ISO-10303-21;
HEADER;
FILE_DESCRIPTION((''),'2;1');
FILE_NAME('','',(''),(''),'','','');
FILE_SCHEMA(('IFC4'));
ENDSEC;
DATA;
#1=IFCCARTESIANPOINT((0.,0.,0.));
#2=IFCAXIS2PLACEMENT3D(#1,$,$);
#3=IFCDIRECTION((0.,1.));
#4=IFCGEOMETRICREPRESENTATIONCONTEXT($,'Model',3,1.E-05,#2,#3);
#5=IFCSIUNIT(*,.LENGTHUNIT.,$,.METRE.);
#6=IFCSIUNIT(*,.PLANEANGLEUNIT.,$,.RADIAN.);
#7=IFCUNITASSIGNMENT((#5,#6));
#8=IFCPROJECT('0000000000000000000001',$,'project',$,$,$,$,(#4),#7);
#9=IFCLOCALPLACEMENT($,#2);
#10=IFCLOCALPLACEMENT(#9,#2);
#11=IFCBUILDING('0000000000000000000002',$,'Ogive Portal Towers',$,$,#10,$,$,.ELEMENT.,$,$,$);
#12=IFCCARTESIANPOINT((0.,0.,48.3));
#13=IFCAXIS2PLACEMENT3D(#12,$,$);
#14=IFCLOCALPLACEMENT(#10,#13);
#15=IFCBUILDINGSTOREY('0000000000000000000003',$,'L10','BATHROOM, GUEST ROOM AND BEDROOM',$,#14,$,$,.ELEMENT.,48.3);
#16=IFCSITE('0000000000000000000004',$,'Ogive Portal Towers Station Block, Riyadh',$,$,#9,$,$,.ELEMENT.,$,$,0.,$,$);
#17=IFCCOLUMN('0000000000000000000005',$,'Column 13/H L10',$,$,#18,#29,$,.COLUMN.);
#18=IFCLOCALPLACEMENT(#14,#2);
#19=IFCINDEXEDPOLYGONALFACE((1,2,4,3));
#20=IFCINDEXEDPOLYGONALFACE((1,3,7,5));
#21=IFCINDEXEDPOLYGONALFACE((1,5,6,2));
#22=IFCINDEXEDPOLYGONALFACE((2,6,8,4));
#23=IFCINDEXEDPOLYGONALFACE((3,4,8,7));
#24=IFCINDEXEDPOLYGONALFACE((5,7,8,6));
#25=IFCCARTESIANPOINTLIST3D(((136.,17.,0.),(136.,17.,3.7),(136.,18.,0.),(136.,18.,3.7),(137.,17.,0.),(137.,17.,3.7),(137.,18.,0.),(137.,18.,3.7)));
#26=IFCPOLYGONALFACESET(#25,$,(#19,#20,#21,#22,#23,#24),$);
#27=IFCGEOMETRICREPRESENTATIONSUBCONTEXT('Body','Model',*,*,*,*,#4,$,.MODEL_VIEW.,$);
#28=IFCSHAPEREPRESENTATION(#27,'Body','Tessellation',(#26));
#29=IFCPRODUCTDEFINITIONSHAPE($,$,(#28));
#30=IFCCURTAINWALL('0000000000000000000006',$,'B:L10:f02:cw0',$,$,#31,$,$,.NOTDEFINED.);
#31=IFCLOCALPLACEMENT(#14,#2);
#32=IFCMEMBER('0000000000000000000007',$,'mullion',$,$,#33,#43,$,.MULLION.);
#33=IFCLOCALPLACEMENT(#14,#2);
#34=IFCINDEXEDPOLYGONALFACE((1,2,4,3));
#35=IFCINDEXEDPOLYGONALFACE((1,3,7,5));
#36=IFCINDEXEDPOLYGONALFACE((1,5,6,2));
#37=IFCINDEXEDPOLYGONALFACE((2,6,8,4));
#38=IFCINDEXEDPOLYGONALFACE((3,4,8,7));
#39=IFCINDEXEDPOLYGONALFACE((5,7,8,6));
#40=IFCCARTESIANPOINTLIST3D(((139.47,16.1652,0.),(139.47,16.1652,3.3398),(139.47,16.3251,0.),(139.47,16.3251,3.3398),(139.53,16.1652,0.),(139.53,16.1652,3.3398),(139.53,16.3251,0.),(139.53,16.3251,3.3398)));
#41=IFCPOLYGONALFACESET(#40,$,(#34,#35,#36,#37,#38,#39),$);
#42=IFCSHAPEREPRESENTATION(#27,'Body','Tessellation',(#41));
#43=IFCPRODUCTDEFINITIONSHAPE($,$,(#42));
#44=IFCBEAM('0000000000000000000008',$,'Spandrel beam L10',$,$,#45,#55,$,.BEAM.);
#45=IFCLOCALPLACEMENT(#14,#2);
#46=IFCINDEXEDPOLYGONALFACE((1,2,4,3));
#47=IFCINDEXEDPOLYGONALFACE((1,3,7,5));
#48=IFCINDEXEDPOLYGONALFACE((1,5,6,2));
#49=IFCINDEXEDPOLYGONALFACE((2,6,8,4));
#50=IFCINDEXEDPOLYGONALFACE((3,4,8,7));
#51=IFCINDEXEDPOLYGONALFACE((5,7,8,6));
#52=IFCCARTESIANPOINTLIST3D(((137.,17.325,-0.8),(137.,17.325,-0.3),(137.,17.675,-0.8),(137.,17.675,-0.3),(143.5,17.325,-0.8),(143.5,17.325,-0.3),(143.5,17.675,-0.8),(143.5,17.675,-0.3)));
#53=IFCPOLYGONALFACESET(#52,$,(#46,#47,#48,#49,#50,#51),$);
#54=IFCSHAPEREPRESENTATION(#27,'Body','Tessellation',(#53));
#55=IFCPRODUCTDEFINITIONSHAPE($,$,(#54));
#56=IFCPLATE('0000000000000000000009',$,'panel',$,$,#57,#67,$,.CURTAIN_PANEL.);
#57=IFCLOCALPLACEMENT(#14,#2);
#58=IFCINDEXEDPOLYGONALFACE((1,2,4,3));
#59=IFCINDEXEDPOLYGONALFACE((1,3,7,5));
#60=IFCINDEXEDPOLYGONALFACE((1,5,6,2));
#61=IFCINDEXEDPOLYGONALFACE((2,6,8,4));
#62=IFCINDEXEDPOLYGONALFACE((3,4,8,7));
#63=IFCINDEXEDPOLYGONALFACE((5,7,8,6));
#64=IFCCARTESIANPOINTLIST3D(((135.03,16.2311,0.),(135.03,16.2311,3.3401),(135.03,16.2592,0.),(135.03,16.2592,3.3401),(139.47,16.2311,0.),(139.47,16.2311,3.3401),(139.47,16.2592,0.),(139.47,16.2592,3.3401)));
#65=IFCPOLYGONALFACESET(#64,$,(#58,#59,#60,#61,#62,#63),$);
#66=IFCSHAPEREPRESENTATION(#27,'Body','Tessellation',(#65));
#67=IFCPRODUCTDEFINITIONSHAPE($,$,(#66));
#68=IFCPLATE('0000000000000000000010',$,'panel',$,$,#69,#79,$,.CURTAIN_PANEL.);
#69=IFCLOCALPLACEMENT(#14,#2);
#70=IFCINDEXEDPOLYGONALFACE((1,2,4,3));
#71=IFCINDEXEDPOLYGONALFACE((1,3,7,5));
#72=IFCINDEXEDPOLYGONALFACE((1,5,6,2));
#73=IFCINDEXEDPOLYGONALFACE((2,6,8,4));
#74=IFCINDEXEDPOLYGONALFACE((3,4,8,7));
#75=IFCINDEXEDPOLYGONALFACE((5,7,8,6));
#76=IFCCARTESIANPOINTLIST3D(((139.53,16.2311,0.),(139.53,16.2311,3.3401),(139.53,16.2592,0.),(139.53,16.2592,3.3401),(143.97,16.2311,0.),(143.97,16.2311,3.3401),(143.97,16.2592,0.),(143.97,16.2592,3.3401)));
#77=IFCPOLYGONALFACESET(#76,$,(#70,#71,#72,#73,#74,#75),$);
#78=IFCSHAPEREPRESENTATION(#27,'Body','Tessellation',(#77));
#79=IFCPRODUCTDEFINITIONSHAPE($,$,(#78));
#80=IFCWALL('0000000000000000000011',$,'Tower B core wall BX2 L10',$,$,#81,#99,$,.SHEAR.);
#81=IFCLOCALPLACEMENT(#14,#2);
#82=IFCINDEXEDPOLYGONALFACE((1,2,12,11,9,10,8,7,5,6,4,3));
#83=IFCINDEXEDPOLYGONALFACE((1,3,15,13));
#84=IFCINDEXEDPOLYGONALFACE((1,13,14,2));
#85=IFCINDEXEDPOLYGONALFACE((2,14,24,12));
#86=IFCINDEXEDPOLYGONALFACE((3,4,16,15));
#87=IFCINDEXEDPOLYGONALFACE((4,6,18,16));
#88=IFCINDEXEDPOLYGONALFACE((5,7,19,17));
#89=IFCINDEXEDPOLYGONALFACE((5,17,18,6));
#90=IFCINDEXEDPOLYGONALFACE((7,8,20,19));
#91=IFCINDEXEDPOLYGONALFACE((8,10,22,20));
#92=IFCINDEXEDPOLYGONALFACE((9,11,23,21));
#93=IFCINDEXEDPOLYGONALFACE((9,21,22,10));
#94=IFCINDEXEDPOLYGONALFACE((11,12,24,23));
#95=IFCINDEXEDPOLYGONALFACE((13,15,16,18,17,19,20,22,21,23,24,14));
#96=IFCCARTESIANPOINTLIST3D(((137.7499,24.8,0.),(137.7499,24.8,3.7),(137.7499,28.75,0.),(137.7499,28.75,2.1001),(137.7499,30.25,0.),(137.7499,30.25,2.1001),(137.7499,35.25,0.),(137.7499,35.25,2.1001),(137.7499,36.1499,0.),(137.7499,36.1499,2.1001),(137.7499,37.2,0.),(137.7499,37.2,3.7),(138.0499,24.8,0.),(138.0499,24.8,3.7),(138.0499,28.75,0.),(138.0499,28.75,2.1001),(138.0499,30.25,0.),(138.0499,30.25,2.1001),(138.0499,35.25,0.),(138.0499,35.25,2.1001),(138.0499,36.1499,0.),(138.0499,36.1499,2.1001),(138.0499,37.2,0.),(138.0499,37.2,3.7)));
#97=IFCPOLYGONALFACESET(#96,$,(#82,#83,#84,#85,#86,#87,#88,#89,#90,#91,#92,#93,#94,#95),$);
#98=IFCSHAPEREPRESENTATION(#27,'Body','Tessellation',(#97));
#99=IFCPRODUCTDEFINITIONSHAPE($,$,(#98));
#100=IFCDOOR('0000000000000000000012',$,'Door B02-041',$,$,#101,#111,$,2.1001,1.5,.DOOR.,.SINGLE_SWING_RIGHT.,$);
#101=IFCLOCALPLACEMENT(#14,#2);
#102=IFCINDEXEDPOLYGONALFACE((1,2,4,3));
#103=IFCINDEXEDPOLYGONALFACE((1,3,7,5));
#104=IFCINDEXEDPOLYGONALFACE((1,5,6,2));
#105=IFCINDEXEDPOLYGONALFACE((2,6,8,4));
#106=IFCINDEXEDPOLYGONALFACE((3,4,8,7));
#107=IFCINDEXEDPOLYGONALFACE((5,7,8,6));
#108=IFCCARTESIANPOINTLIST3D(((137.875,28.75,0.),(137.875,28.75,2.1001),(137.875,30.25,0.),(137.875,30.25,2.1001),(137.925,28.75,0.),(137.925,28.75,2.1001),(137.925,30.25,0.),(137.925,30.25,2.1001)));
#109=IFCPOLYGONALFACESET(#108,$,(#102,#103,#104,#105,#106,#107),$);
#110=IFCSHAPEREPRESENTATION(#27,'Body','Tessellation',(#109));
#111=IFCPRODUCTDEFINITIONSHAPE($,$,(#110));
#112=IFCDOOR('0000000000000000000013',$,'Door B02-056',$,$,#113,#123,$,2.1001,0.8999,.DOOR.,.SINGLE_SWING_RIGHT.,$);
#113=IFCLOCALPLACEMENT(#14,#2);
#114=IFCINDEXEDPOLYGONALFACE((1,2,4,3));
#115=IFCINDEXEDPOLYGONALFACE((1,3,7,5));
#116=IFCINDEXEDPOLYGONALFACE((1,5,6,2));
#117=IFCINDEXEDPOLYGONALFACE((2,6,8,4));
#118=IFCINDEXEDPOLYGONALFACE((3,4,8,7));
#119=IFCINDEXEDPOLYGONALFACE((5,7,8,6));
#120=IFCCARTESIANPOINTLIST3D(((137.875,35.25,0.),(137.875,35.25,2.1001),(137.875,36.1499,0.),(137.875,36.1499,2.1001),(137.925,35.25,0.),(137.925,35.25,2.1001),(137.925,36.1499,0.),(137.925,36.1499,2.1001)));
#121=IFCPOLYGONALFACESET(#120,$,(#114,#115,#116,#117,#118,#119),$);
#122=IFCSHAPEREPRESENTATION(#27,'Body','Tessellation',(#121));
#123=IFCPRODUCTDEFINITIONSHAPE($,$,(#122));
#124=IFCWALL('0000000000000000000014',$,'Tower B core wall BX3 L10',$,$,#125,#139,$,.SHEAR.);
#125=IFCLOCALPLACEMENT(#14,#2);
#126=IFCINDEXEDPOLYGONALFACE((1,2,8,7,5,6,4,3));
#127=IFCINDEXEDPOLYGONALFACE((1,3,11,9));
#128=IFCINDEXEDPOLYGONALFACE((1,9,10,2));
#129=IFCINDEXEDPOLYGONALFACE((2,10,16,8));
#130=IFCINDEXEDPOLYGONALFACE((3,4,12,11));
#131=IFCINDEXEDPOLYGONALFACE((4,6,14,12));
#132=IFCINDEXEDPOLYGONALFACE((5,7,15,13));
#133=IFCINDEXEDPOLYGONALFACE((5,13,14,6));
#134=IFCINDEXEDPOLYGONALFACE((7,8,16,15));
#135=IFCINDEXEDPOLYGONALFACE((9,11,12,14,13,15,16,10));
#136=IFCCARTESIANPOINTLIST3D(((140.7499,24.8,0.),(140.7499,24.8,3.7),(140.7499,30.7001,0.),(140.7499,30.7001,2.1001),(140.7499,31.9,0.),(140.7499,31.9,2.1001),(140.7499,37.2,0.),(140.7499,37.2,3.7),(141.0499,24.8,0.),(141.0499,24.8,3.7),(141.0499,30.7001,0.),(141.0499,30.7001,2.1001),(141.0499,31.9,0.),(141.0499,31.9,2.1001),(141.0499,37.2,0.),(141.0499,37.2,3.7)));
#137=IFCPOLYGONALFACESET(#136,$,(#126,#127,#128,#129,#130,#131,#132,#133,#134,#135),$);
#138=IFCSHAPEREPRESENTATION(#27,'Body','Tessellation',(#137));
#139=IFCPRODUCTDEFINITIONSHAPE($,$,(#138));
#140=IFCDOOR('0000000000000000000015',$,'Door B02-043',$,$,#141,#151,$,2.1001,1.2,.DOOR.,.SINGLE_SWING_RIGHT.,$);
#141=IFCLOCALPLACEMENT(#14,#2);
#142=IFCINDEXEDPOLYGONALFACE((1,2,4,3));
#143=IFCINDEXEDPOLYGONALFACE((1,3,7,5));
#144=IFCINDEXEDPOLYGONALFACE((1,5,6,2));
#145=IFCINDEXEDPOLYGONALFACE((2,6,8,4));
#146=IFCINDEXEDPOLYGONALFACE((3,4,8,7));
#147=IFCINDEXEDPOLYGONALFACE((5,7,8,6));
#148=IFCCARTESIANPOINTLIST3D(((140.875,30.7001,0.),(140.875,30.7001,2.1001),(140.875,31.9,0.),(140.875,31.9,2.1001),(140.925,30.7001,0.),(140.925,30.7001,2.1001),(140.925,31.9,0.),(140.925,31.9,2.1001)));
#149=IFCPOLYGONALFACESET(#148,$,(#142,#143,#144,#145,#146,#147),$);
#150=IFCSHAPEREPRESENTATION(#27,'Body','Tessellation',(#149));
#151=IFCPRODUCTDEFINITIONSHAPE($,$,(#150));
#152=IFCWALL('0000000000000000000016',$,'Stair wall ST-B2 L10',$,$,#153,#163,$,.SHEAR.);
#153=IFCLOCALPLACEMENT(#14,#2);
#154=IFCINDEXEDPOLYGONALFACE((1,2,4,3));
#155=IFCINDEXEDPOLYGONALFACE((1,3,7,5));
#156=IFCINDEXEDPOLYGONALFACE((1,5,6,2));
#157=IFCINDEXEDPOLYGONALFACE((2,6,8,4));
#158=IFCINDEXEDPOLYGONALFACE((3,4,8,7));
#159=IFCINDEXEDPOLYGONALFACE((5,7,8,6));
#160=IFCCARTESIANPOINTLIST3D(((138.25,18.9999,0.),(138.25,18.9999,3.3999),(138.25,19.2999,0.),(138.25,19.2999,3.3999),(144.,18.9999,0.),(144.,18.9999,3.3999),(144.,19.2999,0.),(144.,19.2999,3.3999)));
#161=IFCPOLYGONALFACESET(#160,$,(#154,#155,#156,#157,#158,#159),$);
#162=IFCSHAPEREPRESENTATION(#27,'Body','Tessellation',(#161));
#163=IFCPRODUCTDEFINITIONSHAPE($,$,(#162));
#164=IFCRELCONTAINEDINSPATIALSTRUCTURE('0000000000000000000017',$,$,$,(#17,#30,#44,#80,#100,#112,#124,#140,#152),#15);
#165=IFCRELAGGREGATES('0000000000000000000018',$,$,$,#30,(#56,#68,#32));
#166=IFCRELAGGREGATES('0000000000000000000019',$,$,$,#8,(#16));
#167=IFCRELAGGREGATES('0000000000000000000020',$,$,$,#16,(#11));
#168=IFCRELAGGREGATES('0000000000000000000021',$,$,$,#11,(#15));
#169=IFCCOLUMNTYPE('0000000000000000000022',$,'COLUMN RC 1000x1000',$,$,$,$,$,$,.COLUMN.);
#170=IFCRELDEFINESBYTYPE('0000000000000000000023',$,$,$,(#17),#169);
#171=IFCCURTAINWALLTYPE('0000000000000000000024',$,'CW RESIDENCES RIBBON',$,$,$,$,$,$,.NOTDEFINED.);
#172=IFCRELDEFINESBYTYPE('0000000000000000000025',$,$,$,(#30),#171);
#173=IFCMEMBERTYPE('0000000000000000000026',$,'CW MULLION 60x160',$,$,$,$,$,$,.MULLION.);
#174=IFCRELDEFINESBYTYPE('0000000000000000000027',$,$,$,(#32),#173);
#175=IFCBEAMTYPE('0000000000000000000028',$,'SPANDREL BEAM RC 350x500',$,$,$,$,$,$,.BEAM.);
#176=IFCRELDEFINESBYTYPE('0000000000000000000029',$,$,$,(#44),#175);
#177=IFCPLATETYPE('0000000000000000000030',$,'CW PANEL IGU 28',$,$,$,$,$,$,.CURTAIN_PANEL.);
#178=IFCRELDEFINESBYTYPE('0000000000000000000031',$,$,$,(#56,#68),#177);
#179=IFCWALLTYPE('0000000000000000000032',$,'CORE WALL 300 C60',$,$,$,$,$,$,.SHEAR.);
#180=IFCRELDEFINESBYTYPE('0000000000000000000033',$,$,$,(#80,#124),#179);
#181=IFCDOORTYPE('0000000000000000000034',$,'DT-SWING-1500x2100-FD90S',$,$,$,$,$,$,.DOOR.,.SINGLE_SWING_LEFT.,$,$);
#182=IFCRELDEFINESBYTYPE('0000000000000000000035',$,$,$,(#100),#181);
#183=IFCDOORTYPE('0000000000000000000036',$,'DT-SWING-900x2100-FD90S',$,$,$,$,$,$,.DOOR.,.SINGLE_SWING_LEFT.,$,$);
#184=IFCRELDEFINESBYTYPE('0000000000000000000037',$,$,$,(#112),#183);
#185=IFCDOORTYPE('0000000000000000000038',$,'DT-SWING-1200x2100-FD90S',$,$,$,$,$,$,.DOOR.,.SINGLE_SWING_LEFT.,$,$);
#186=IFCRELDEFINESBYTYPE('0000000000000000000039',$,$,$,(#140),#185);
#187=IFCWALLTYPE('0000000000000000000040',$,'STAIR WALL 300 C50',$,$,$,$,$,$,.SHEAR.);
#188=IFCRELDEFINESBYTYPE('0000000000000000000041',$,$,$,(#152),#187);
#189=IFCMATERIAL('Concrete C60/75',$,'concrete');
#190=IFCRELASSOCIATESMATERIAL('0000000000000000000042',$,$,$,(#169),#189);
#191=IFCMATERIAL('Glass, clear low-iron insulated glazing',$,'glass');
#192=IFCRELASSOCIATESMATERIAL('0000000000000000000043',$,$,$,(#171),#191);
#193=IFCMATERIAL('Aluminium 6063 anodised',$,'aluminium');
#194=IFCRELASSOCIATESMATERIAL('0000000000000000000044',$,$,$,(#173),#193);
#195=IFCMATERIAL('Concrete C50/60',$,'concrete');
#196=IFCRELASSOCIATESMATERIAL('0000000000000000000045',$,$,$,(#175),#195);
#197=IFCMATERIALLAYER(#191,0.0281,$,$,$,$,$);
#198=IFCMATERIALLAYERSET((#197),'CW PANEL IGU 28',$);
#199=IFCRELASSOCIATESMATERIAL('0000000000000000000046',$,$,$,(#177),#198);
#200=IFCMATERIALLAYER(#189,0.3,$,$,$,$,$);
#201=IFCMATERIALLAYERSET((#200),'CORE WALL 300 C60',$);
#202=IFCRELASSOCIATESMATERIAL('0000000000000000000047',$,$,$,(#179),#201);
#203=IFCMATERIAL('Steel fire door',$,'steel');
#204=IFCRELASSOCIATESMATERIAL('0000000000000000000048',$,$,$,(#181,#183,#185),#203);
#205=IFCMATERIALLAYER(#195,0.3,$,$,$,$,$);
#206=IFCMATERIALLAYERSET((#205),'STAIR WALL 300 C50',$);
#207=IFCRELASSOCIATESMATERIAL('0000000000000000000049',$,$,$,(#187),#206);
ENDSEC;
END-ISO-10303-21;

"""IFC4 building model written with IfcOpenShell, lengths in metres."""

from ifc_helpers import new_model, si_unit, direction, frame, frame_2d, origin, origin_2d, place, context, subcontext, project, spatial, rectangle, extrude, material, layer, layer_set, material_profile, profile_set, type_object, element, fill, aggregate, save


model = new_model("IFC4")

# Units and contexts
model_context = context("Model", 3, precision=1e-05, world=origin(), true_north=direction((0.0, 1.0)))
body_context = subcontext(model_context, "Body", "Model", "MODEL_VIEW")
ifc_project = project(units=[si_unit("LENGTHUNIT", "METRE"), si_unit("PLANEANGLEUNIT", "RADIAN")], contexts=[model_context])

# Site, building, storey
site_placement = place(None, origin())
site = spatial("IfcSite", under=ifc_project, at=site_placement, Name="Ogive Portal Towers Station Block, Riyadh", CompositionType="ELEMENT", RefElevation=0.0)
building_placement = place(site_placement, origin())
building = spatial("IfcBuilding", under=site, at=building_placement, Name="Ogive Portal Towers", CompositionType="ELEMENT")
storey_placement = place(building_placement, frame((0.0, 0.0, 48.3)))
storey = spatial("IfcBuildingStorey", under=building, at=storey_placement, Name="L10", Description="BATHROOM, GUEST ROOM AND BEDROOM", CompositionType="ELEMENT", Elevation=48.3)

# Column
ifc_material_1 = material(Name="Concrete C60/75", Category="concrete")
ifc_material_profile_1 = material_profile(ifc_material_1, rectangle(XDim=1.0, YDim=1.0, at=origin_2d()), Name="RC 1000x1000")
ifc_profile_set_1 = profile_set([ifc_material_profile_1], Name="Concrete C60/75")
column_type = type_object("IfcColumnType", Name="COLUMN RC 1000x1000", PredefinedType="COLUMN", material=ifc_profile_set_1)
column_placement = place(storey_placement, frame((136.5, 17.5, 0.0), z_axis=(0.0, 0.0, 1.0), x_axis=(1.0, 0.0, 0.0)))
element("IfcColumn", 1, at=column_placement, inside=storey, type_object=column_type, Name="Column 13/H L10", PredefinedType="COLUMN", context=body_context, shape_type="SweptSolid", body=[
    extrude(rectangle(XDim=1.0, YDim=1.0, at=origin_2d()), origin(), (0.0, 0.0, 1.0), 3.7),
])

# Curtain wall, member
ifc_material_2 = material(Name="Glass, clear low-iron insulated glazing", Category="glass")
curtain_wall_type = type_object("IfcCurtainWallType", Name="CW RESIDENCES RIBBON", PredefinedType="NOTDEFINED", material=ifc_material_2)
curtain_wall_placement = place(storey_placement, origin())
curtain_wall = element("IfcCurtainWall", 2, at=curtain_wall_placement, inside=storey, type_object=curtain_wall_type, Name="B:L10:f02:cw0", PredefinedType="NOTDEFINED")
ifc_material_3 = material(Name="Aluminium 6063 anodised", Category="aluminium")
ifc_material_profile_2 = material_profile(ifc_material_3, rectangle(XDim=0.1599, YDim=0.0601, at=origin_2d()), Name="AL 60x160")
ifc_profile_set_2 = profile_set([ifc_material_profile_2], Name="Aluminium 6063 anodised")
member_type = type_object("IfcMemberType", Name="CW MULLION 60x160", PredefinedType="MULLION", material=ifc_profile_set_2)
member_placement = place(storey_placement, frame((139.5, 16.2451, 0.0), z_axis=(0.0, 0.0, 1.0), x_axis=(0.0, 1.0, 0.0)))
member = element("IfcMember", 3, at=member_placement, type_object=member_type, Name="mullion", PredefinedType="MULLION", context=body_context, shape_type="SweptSolid", body=[
    extrude(rectangle(XDim=0.1599, YDim=0.0601, at=origin_2d()), origin(), (0.0, 0.0, 1.0), 3.3398),
])

# Beam
ifc_material_4 = material(Name="Concrete C50/60", Category="concrete")
ifc_material_profile_3 = material_profile(ifc_material_4, rectangle(XDim=0.3501, YDim=0.5, at=origin_2d()), Name="RC 350x500")
ifc_profile_set_3 = profile_set([ifc_material_profile_3], Name="Concrete C50/60")
beam_type = type_object("IfcBeamType", Name="SPANDREL BEAM RC 350x500", PredefinedType="BEAM", material=ifc_profile_set_3)
beam_placement = place(storey_placement, frame((137.0, 17.5, -0.55), z_axis=(1.0, 0.0, 0.0), x_axis=(0.0, 1.0, 0.0)))
element("IfcBeam", 4, at=beam_placement, inside=storey, type_object=beam_type, Name="Spandrel beam L10", PredefinedType="BEAM", context=body_context, shape_type="SweptSolid", body=[
    extrude(rectangle(XDim=0.3501, YDim=0.5, at=origin_2d()), origin(), (0.0, 0.0, 1.0), 6.5),
])

# Plates
ifc_layer_1 = layer(ifc_material_2, 0.0281)
ifc_layer_set_1 = layer_set([ifc_layer_1], Name="CW PANEL IGU 28")
plate_type = type_object("IfcPlateType", Name="CW PANEL IGU 28", PredefinedType="CURTAIN_PANEL", material=ifc_layer_set_1)
plate_1_placement = place(storey_placement, frame((137.25, 16.2451, 0.0), z_axis=(0.0, 0.0, 1.0), x_axis=(1.0, 0.0, 0.0)))
plate_1 = element("IfcPlate", 5, at=plate_1_placement, type_object=plate_type, Name="panel", PredefinedType="CURTAIN_PANEL", context=body_context, shape_type="SweptSolid", body=[
    extrude(rectangle(XDim=4.4399, YDim=0.0281, at=origin_2d()), origin(), (0.0, 0.0, 1.0), 3.3401),
])
plate_2_placement = place(storey_placement, frame((141.75, 16.2451, 0.0), z_axis=(0.0, 0.0, 1.0), x_axis=(1.0, 0.0, 0.0)))
plate_2 = element("IfcPlate", 6, at=plate_2_placement, type_object=plate_type, Name="panel", PredefinedType="CURTAIN_PANEL", context=body_context, shape_type="SweptSolid", body=[
    extrude(rectangle(XDim=4.4399, YDim=0.0281, at=origin_2d()), origin(), (0.0, 0.0, 1.0), 3.3401),
])
aggregate(curtain_wall, [plate_1, plate_2, member])

# Wall, openings, doors
ifc_layer_2 = layer(ifc_material_1, 0.3)
ifc_layer_set_2 = layer_set([ifc_layer_2], Name="CORE WALL 300 C60")
wall_type_1 = type_object("IfcWallType", Name="CORE WALL 300 C60", PredefinedType="SHEAR", material=ifc_layer_set_2)
wall_1_placement = place(storey_placement, frame((137.8999, 24.8, 0.0), z_axis=(0.0, 0.0, 1.0), x_axis=(0.0, 1.0, 0.0)))
wall_1 = element("IfcWall", 7, at=wall_1_placement, inside=storey, type_object=wall_type_1, Name="Tower B core wall BX2 L10", PredefinedType="SHEAR", context=body_context, shape_type="SweptSolid", body=[
    extrude(rectangle(XDim=12.3999, YDim=0.3, at=frame_2d((6.2, 0.0))), origin(), (0.0, 0.0, 1.0), 3.7),
])
opening_1_placement = place(wall_1_placement, frame((3.95, 0.0, 0.0)))
opening_1 = element("IfcOpeningElement", 8, at=opening_1_placement, cuts=wall_1, PredefinedType="OPENING", context=body_context, shape_type="SweptSolid", body=[
    extrude(rectangle(XDim=1.5, YDim=2.1001, at=frame_2d((0.75, 1.05))), frame((0.0, 0.1602, 0.0), z_axis=(0.0, -1.0, 0.0), x_axis=(1.0, 0.0, 0.0)), (0.0, 0.0, 1.0), 0.3201),
])
opening_2_placement = place(wall_1_placement, frame((10.45, 0.0, 0.0)))
opening_2 = element("IfcOpeningElement", 9, at=opening_2_placement, cuts=wall_1, PredefinedType="OPENING", context=body_context, shape_type="SweptSolid", body=[
    extrude(rectangle(XDim=0.8999, YDim=2.1001, at=frame_2d((0.45, 1.05))), frame((0.0, 0.1602, 0.0), z_axis=(0.0, -1.0, 0.0), x_axis=(1.0, 0.0, 0.0)), (0.0, 0.0, 1.0), 0.3201),
])
ifc_material_5 = material(Name="Steel fire door", Category="steel")
door_type_1 = type_object("IfcDoorType", Name="DT-SWING-1500x2100-FD90S", OperationType="SINGLE_SWING_LEFT", PredefinedType="DOOR", material=ifc_material_5)
door_1_placement = place(opening_1_placement, origin())
door_1 = element("IfcDoor", 10, at=door_1_placement, inside=storey, type_object=door_type_1, Name="Door B02-041", OperationType="SINGLE_SWING_RIGHT", OverallHeight=2.1001, OverallWidth=1.5, PredefinedType="DOOR", context=body_context, shape_type="SweptSolid", body=[
    extrude(rectangle(XDim=1.5, YDim=2.1001, at=frame_2d((0.75, 1.05))), frame((0.0, 0.0249, 0.0), z_axis=(0.0, -1.0, 0.0), x_axis=(1.0, 0.0, 0.0)), (0.0, 0.0, 1.0), 0.05),
])
fill(opening_1, door_1)
door_type_2 = type_object("IfcDoorType", Name="DT-SWING-900x2100-FD90S", OperationType="SINGLE_SWING_LEFT", PredefinedType="DOOR", material=ifc_material_5)
door_2_placement = place(opening_2_placement, origin())
door_2 = element("IfcDoor", 11, at=door_2_placement, inside=storey, type_object=door_type_2, Name="Door B02-056", OperationType="SINGLE_SWING_RIGHT", OverallHeight=2.1001, OverallWidth=0.8999, PredefinedType="DOOR", context=body_context, shape_type="SweptSolid", body=[
    extrude(rectangle(XDim=0.8999, YDim=2.1001, at=frame_2d((0.45, 1.05))), frame((0.0, 0.0249, 0.0), z_axis=(0.0, -1.0, 0.0), x_axis=(1.0, 0.0, 0.0)), (0.0, 0.0, 1.0), 0.05),
])
fill(opening_2, door_2)

# Wall, opening, door
wall_2_placement = place(storey_placement, frame((140.8999, 24.8, 0.0), z_axis=(0.0, 0.0, 1.0), x_axis=(0.0, 1.0, 0.0)))
wall_2 = element("IfcWall", 12, at=wall_2_placement, inside=storey, type_object=wall_type_1, Name="Tower B core wall BX3 L10", PredefinedType="SHEAR", context=body_context, shape_type="SweptSolid", body=[
    extrude(rectangle(XDim=12.3999, YDim=0.3, at=frame_2d((6.2, 0.0))), origin(), (0.0, 0.0, 1.0), 3.7),
])
opening_3_placement = place(wall_2_placement, frame((5.8999, 0.0, 0.0)))
opening_3 = element("IfcOpeningElement", 13, at=opening_3_placement, cuts=wall_2, PredefinedType="OPENING", context=body_context, shape_type="SweptSolid", body=[
    extrude(rectangle(XDim=1.2, YDim=2.1001, at=frame_2d((0.6001, 1.05))), frame((0.0, 0.1602, 0.0), z_axis=(0.0, -1.0, 0.0), x_axis=(1.0, 0.0, 0.0)), (0.0, 0.0, 1.0), 0.3201),
])
door_type_3 = type_object("IfcDoorType", Name="DT-SWING-1200x2100-FD90S", OperationType="SINGLE_SWING_LEFT", PredefinedType="DOOR", material=ifc_material_5)
door_3_placement = place(opening_3_placement, origin())
door_3 = element("IfcDoor", 14, at=door_3_placement, inside=storey, type_object=door_type_3, Name="Door B02-043", OperationType="SINGLE_SWING_RIGHT", OverallHeight=2.1001, OverallWidth=1.2, PredefinedType="DOOR", context=body_context, shape_type="SweptSolid", body=[
    extrude(rectangle(XDim=1.2, YDim=2.1001, at=frame_2d((0.6001, 1.05))), frame((0.0, 0.0249, 0.0), z_axis=(0.0, -1.0, 0.0), x_axis=(1.0, 0.0, 0.0)), (0.0, 0.0, 1.0), 0.05),
])
fill(opening_3, door_3)

# Wall
ifc_layer_3 = layer(ifc_material_4, 0.3)
ifc_layer_set_3 = layer_set([ifc_layer_3], Name="STAIR WALL 300 C50")
wall_type_2 = type_object("IfcWallType", Name="STAIR WALL 300 C50", PredefinedType="SHEAR", material=ifc_layer_set_3)
wall_3_placement = place(storey_placement, frame((138.25, 19.1499, 0.0), z_axis=(0.0, 0.0, 1.0), x_axis=(1.0, 0.0, 0.0)))
element("IfcWall", 15, at=wall_3_placement, inside=storey, type_object=wall_type_2, Name="Stair wall ST-B2 L10", PredefinedType="SHEAR", context=body_context, shape_type="SweptSolid", body=[
    extrude(rectangle(XDim=5.75, YDim=0.3, at=frame_2d((2.875, 0.0))), origin(), (0.0, 0.0, 1.0), 3.3999),
])

save(model, "model.ifc")
